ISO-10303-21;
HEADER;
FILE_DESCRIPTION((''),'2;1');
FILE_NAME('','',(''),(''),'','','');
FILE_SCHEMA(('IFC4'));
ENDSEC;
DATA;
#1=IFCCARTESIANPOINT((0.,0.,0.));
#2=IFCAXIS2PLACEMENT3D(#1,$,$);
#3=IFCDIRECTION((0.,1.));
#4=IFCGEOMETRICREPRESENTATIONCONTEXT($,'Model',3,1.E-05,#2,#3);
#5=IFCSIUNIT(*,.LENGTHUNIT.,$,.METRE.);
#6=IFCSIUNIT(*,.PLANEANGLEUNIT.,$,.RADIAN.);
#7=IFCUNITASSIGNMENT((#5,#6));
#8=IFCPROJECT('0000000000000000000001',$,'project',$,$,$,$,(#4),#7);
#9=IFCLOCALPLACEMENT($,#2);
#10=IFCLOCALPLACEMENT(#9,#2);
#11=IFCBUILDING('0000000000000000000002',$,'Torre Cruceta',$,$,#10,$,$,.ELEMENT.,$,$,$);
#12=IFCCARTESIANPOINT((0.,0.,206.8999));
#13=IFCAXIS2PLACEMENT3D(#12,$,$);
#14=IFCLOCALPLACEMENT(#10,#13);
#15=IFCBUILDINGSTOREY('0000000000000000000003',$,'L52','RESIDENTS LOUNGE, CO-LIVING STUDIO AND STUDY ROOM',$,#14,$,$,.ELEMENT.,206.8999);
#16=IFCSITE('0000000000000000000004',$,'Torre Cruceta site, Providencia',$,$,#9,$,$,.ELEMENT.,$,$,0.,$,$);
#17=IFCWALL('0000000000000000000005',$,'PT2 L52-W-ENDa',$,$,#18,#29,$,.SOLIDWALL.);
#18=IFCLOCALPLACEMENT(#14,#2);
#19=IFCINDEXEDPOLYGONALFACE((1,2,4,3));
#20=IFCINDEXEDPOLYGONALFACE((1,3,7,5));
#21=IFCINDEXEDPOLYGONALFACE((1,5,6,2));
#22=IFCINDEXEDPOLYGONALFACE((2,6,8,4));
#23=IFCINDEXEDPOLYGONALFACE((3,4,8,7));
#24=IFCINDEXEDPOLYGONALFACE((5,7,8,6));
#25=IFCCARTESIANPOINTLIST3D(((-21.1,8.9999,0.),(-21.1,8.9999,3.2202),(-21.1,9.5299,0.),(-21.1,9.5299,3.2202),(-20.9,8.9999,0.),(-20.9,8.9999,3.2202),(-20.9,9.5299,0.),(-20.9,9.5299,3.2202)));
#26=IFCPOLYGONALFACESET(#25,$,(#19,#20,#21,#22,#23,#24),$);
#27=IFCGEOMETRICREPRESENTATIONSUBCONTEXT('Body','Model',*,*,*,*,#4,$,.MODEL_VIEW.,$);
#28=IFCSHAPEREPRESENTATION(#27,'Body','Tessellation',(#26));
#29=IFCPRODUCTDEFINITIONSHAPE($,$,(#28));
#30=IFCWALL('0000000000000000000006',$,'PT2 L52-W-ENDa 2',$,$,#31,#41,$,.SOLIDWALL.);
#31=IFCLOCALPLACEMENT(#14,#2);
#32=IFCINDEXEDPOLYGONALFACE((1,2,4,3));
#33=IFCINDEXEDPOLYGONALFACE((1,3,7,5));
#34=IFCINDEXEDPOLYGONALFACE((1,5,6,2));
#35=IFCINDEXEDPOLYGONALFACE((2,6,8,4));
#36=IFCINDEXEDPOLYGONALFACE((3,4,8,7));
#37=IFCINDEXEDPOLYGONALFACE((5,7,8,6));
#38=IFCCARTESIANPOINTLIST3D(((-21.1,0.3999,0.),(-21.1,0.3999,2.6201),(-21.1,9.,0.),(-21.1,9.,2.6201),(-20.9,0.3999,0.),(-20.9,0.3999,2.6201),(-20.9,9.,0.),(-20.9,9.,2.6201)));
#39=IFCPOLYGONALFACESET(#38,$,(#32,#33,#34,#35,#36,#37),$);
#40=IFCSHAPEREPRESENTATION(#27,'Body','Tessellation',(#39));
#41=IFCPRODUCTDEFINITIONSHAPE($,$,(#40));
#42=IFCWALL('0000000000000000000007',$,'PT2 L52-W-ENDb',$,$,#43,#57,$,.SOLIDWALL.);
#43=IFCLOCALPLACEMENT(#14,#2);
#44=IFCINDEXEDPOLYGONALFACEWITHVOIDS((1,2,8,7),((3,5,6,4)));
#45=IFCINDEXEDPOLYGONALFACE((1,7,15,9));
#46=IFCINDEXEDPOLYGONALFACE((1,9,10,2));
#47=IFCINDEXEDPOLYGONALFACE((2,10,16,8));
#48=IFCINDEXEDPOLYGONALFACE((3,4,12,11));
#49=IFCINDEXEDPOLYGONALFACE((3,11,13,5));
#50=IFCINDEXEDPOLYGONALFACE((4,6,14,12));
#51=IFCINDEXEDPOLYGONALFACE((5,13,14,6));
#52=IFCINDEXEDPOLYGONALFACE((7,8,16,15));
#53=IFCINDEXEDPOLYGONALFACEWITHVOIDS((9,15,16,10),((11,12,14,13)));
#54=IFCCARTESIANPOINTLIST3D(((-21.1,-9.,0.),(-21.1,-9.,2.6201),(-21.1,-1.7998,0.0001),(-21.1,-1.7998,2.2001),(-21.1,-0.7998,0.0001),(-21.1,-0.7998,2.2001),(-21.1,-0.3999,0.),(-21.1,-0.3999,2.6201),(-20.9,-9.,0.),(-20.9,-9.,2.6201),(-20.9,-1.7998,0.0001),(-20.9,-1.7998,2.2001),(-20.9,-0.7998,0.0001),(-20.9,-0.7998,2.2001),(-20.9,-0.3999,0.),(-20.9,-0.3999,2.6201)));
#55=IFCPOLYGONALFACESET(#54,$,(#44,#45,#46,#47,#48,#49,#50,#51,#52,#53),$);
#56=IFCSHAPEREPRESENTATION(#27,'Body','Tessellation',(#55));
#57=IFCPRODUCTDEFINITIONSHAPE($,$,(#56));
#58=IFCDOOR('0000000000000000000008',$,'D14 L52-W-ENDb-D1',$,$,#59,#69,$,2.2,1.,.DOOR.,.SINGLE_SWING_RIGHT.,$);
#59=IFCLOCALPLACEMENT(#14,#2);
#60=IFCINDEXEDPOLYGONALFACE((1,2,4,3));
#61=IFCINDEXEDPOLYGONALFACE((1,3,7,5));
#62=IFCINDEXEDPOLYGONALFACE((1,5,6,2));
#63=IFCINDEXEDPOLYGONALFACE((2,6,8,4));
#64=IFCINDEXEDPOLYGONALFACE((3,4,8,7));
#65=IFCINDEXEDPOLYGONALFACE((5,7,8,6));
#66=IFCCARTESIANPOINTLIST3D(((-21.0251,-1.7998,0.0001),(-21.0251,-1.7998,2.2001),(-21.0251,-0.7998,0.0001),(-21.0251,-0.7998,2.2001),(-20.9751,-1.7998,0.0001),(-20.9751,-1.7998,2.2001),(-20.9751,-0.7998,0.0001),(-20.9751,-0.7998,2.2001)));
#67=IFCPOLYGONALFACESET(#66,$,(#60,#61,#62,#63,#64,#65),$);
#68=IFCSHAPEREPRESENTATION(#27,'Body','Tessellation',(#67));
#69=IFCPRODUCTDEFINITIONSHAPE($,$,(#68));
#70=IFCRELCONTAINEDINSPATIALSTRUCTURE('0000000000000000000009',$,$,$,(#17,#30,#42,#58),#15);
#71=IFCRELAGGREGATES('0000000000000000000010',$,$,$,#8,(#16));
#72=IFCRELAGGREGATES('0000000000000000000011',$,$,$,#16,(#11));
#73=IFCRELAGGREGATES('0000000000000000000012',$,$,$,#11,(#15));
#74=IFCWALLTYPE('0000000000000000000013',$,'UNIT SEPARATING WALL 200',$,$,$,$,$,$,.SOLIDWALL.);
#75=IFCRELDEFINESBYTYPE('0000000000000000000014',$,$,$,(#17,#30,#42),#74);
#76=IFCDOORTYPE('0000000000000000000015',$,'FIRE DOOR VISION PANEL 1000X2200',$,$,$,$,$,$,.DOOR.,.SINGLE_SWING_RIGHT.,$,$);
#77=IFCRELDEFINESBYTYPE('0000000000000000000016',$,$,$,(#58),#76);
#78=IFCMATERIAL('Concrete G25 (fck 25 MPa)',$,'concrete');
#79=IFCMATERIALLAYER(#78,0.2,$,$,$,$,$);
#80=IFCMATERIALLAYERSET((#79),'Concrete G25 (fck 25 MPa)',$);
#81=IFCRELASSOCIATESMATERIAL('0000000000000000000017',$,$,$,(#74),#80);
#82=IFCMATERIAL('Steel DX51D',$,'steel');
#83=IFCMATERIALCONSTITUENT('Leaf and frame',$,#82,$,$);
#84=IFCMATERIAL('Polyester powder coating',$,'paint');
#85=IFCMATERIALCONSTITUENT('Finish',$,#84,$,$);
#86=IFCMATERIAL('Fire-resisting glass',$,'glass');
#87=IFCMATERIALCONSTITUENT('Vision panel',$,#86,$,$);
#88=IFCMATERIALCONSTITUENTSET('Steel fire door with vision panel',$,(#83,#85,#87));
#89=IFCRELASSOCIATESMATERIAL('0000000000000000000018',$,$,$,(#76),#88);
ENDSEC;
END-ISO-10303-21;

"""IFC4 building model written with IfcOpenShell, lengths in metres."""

from ifc_helpers import new_model, si_unit, direction, frame, frame_2d, origin, place, context, subcontext, project, spatial, rectangle, extrude, material, layer, layer_set, constituent, constituent_set, type_object, element, fill, save


model = new_model("IFC4")

# Units and contexts
model_context = context("Model", 3, precision=1e-05, world=origin(), true_north=direction((0.0, 1.0)))
body_context = subcontext(model_context, "Body", "Model", "MODEL_VIEW")
ifc_project = project(units=[si_unit("LENGTHUNIT", "METRE"), si_unit("PLANEANGLEUNIT", "RADIAN")], contexts=[model_context])

# Site, building, storey
site_placement = place(None, origin())
site = spatial("IfcSite", under=ifc_project, at=site_placement, Name="Torre Cruceta site, Providencia", CompositionType="ELEMENT", RefElevation=0.0)
building_placement = place(site_placement, origin())
building = spatial("IfcBuilding", under=site, at=building_placement, Name="Torre Cruceta", CompositionType="ELEMENT")
storey_placement = place(building_placement, frame((0.0, 0.0, 206.8999)))
storey = spatial("IfcBuildingStorey", under=building, at=storey_placement, Name="L52", Description="RESIDENTS LOUNGE, CO-LIVING STUDIO AND STUDY ROOM", CompositionType="ELEMENT", Elevation=206.8999)

# Walls
ifc_material_1 = material(Name="Concrete G25 (fck 25 MPa)", Category="concrete")
ifc_layer_1 = layer(ifc_material_1, 0.2)
ifc_layer_set_1 = layer_set([ifc_layer_1], Name="Concrete G25 (fck 25 MPa)")
wall_type_1 = type_object("IfcWallType", Name="UNIT SEPARATING WALL 200", PredefinedType="SOLIDWALL", material=ifc_layer_set_1)
wall_1_placement = place(storey_placement, frame((-21.0, 9.53, 0.0), z_axis=(0.0, 0.0, 1.0), x_axis=(0.0, -1.0, 0.0)))
element("IfcWall", 1, at=wall_1_placement, inside=storey, type_object=wall_type_1, Name="PT2 L52-W-ENDa", PredefinedType="SOLIDWALL", context=body_context, shape_type="SweptSolid", body=[
    extrude(rectangle(XDim=0.53, YDim=0.2, at=frame_2d((0.2651, 0.0))), origin(), (0.0, 0.0, 1.0), 3.2202),
])
wall_2_placement = place(storey_placement, frame((-21.0, 9.0, 0.0), z_axis=(0.0, 0.0, 1.0), x_axis=(0.0, -1.0, 0.0)))
element("IfcWall", 2, at=wall_2_placement, inside=storey, type_object=wall_type_1, Name="PT2 L52-W-ENDa 2", PredefinedType="SOLIDWALL", context=body_context, shape_type="SweptSolid", body=[
    extrude(rectangle(XDim=8.6001, YDim=0.2, at=frame_2d((4.3, 0.0))), origin(), (0.0, 0.0, 1.0), 2.6201),
])

# Wall, opening, door
wall_3_placement = place(storey_placement, frame((-21.0, -0.3999, 0.0), z_axis=(0.0, 0.0, 1.0), x_axis=(0.0, -1.0, 0.0)))
wall_3 = element("IfcWall", 3, at=wall_3_placement, inside=storey, type_object=wall_type_1, Name="PT2 L52-W-ENDb", PredefinedType="SOLIDWALL", context=body_context, shape_type="SweptSolid", body=[
    extrude(rectangle(XDim=8.6001, YDim=0.2, at=frame_2d((4.3, 0.0))), origin(), (0.0, 0.0, 1.0), 2.6201),
])
opening_1_placement = place(wall_3_placement, frame((0.3999, 0.0, 0.0)))
opening_1 = element("IfcOpeningElement", 4, at=opening_1_placement, cuts=wall_3, PredefinedType="OPENING", context=body_context, shape_type="SweptSolid", body=[
    extrude(rectangle(XDim=1.0, YDim=2.2, at=frame_2d((0.5, 1.1001))), frame((0.0, 0.1099, 0.0), z_axis=(0.0, -1.0, 0.0), x_axis=(1.0, 0.0, 0.0)), (0.0, 0.0, 1.0), 0.22),
])
ifc_material_2 = material(Name="Steel DX51D", Category="steel")
ifc_constituent_1 = constituent(ifc_material_2, Name="Leaf and frame")
ifc_material_3 = material(Name="Polyester powder coating", Category="paint")
ifc_constituent_2 = constituent(ifc_material_3, Name="Finish")
ifc_material_4 = material(Name="Fire-resisting glass", Category="glass")
ifc_constituent_3 = constituent(ifc_material_4, Name="Vision panel")
ifc_constituent_set_1 = constituent_set(constituents=[ifc_constituent_1, ifc_constituent_2, ifc_constituent_3], Name="Steel fire door with vision panel")
door_type = type_object("IfcDoorType", Name="FIRE DOOR VISION PANEL 1000X2200", OperationType="SINGLE_SWING_RIGHT", PredefinedType="DOOR", material=ifc_constituent_set_1)
door_placement = place(opening_1_placement, frame((1.0, 0.0, 0.0), z_axis=(0.0, 0.0, 1.0), x_axis=(-1.0, 0.0, 0.0)))
door = element("IfcDoor", 5, at=door_placement, inside=storey, type_object=door_type, Name="D14 L52-W-ENDb-D1", OperationType="SINGLE_SWING_RIGHT", OverallHeight=2.2, OverallWidth=1.0, PredefinedType="DOOR", context=body_context, shape_type="SweptSolid", body=[
    extrude(rectangle(XDim=1.0, YDim=2.2, at=frame_2d((0.5, 1.1001))), frame((0.0, 0.0251, 0.0), z_axis=(0.0, -1.0, 0.0), x_axis=(1.0, 0.0, 0.0)), (0.0, 0.0, 1.0), 0.05),
])
fill(opening_1, door)

save(model, "model.ifc")
